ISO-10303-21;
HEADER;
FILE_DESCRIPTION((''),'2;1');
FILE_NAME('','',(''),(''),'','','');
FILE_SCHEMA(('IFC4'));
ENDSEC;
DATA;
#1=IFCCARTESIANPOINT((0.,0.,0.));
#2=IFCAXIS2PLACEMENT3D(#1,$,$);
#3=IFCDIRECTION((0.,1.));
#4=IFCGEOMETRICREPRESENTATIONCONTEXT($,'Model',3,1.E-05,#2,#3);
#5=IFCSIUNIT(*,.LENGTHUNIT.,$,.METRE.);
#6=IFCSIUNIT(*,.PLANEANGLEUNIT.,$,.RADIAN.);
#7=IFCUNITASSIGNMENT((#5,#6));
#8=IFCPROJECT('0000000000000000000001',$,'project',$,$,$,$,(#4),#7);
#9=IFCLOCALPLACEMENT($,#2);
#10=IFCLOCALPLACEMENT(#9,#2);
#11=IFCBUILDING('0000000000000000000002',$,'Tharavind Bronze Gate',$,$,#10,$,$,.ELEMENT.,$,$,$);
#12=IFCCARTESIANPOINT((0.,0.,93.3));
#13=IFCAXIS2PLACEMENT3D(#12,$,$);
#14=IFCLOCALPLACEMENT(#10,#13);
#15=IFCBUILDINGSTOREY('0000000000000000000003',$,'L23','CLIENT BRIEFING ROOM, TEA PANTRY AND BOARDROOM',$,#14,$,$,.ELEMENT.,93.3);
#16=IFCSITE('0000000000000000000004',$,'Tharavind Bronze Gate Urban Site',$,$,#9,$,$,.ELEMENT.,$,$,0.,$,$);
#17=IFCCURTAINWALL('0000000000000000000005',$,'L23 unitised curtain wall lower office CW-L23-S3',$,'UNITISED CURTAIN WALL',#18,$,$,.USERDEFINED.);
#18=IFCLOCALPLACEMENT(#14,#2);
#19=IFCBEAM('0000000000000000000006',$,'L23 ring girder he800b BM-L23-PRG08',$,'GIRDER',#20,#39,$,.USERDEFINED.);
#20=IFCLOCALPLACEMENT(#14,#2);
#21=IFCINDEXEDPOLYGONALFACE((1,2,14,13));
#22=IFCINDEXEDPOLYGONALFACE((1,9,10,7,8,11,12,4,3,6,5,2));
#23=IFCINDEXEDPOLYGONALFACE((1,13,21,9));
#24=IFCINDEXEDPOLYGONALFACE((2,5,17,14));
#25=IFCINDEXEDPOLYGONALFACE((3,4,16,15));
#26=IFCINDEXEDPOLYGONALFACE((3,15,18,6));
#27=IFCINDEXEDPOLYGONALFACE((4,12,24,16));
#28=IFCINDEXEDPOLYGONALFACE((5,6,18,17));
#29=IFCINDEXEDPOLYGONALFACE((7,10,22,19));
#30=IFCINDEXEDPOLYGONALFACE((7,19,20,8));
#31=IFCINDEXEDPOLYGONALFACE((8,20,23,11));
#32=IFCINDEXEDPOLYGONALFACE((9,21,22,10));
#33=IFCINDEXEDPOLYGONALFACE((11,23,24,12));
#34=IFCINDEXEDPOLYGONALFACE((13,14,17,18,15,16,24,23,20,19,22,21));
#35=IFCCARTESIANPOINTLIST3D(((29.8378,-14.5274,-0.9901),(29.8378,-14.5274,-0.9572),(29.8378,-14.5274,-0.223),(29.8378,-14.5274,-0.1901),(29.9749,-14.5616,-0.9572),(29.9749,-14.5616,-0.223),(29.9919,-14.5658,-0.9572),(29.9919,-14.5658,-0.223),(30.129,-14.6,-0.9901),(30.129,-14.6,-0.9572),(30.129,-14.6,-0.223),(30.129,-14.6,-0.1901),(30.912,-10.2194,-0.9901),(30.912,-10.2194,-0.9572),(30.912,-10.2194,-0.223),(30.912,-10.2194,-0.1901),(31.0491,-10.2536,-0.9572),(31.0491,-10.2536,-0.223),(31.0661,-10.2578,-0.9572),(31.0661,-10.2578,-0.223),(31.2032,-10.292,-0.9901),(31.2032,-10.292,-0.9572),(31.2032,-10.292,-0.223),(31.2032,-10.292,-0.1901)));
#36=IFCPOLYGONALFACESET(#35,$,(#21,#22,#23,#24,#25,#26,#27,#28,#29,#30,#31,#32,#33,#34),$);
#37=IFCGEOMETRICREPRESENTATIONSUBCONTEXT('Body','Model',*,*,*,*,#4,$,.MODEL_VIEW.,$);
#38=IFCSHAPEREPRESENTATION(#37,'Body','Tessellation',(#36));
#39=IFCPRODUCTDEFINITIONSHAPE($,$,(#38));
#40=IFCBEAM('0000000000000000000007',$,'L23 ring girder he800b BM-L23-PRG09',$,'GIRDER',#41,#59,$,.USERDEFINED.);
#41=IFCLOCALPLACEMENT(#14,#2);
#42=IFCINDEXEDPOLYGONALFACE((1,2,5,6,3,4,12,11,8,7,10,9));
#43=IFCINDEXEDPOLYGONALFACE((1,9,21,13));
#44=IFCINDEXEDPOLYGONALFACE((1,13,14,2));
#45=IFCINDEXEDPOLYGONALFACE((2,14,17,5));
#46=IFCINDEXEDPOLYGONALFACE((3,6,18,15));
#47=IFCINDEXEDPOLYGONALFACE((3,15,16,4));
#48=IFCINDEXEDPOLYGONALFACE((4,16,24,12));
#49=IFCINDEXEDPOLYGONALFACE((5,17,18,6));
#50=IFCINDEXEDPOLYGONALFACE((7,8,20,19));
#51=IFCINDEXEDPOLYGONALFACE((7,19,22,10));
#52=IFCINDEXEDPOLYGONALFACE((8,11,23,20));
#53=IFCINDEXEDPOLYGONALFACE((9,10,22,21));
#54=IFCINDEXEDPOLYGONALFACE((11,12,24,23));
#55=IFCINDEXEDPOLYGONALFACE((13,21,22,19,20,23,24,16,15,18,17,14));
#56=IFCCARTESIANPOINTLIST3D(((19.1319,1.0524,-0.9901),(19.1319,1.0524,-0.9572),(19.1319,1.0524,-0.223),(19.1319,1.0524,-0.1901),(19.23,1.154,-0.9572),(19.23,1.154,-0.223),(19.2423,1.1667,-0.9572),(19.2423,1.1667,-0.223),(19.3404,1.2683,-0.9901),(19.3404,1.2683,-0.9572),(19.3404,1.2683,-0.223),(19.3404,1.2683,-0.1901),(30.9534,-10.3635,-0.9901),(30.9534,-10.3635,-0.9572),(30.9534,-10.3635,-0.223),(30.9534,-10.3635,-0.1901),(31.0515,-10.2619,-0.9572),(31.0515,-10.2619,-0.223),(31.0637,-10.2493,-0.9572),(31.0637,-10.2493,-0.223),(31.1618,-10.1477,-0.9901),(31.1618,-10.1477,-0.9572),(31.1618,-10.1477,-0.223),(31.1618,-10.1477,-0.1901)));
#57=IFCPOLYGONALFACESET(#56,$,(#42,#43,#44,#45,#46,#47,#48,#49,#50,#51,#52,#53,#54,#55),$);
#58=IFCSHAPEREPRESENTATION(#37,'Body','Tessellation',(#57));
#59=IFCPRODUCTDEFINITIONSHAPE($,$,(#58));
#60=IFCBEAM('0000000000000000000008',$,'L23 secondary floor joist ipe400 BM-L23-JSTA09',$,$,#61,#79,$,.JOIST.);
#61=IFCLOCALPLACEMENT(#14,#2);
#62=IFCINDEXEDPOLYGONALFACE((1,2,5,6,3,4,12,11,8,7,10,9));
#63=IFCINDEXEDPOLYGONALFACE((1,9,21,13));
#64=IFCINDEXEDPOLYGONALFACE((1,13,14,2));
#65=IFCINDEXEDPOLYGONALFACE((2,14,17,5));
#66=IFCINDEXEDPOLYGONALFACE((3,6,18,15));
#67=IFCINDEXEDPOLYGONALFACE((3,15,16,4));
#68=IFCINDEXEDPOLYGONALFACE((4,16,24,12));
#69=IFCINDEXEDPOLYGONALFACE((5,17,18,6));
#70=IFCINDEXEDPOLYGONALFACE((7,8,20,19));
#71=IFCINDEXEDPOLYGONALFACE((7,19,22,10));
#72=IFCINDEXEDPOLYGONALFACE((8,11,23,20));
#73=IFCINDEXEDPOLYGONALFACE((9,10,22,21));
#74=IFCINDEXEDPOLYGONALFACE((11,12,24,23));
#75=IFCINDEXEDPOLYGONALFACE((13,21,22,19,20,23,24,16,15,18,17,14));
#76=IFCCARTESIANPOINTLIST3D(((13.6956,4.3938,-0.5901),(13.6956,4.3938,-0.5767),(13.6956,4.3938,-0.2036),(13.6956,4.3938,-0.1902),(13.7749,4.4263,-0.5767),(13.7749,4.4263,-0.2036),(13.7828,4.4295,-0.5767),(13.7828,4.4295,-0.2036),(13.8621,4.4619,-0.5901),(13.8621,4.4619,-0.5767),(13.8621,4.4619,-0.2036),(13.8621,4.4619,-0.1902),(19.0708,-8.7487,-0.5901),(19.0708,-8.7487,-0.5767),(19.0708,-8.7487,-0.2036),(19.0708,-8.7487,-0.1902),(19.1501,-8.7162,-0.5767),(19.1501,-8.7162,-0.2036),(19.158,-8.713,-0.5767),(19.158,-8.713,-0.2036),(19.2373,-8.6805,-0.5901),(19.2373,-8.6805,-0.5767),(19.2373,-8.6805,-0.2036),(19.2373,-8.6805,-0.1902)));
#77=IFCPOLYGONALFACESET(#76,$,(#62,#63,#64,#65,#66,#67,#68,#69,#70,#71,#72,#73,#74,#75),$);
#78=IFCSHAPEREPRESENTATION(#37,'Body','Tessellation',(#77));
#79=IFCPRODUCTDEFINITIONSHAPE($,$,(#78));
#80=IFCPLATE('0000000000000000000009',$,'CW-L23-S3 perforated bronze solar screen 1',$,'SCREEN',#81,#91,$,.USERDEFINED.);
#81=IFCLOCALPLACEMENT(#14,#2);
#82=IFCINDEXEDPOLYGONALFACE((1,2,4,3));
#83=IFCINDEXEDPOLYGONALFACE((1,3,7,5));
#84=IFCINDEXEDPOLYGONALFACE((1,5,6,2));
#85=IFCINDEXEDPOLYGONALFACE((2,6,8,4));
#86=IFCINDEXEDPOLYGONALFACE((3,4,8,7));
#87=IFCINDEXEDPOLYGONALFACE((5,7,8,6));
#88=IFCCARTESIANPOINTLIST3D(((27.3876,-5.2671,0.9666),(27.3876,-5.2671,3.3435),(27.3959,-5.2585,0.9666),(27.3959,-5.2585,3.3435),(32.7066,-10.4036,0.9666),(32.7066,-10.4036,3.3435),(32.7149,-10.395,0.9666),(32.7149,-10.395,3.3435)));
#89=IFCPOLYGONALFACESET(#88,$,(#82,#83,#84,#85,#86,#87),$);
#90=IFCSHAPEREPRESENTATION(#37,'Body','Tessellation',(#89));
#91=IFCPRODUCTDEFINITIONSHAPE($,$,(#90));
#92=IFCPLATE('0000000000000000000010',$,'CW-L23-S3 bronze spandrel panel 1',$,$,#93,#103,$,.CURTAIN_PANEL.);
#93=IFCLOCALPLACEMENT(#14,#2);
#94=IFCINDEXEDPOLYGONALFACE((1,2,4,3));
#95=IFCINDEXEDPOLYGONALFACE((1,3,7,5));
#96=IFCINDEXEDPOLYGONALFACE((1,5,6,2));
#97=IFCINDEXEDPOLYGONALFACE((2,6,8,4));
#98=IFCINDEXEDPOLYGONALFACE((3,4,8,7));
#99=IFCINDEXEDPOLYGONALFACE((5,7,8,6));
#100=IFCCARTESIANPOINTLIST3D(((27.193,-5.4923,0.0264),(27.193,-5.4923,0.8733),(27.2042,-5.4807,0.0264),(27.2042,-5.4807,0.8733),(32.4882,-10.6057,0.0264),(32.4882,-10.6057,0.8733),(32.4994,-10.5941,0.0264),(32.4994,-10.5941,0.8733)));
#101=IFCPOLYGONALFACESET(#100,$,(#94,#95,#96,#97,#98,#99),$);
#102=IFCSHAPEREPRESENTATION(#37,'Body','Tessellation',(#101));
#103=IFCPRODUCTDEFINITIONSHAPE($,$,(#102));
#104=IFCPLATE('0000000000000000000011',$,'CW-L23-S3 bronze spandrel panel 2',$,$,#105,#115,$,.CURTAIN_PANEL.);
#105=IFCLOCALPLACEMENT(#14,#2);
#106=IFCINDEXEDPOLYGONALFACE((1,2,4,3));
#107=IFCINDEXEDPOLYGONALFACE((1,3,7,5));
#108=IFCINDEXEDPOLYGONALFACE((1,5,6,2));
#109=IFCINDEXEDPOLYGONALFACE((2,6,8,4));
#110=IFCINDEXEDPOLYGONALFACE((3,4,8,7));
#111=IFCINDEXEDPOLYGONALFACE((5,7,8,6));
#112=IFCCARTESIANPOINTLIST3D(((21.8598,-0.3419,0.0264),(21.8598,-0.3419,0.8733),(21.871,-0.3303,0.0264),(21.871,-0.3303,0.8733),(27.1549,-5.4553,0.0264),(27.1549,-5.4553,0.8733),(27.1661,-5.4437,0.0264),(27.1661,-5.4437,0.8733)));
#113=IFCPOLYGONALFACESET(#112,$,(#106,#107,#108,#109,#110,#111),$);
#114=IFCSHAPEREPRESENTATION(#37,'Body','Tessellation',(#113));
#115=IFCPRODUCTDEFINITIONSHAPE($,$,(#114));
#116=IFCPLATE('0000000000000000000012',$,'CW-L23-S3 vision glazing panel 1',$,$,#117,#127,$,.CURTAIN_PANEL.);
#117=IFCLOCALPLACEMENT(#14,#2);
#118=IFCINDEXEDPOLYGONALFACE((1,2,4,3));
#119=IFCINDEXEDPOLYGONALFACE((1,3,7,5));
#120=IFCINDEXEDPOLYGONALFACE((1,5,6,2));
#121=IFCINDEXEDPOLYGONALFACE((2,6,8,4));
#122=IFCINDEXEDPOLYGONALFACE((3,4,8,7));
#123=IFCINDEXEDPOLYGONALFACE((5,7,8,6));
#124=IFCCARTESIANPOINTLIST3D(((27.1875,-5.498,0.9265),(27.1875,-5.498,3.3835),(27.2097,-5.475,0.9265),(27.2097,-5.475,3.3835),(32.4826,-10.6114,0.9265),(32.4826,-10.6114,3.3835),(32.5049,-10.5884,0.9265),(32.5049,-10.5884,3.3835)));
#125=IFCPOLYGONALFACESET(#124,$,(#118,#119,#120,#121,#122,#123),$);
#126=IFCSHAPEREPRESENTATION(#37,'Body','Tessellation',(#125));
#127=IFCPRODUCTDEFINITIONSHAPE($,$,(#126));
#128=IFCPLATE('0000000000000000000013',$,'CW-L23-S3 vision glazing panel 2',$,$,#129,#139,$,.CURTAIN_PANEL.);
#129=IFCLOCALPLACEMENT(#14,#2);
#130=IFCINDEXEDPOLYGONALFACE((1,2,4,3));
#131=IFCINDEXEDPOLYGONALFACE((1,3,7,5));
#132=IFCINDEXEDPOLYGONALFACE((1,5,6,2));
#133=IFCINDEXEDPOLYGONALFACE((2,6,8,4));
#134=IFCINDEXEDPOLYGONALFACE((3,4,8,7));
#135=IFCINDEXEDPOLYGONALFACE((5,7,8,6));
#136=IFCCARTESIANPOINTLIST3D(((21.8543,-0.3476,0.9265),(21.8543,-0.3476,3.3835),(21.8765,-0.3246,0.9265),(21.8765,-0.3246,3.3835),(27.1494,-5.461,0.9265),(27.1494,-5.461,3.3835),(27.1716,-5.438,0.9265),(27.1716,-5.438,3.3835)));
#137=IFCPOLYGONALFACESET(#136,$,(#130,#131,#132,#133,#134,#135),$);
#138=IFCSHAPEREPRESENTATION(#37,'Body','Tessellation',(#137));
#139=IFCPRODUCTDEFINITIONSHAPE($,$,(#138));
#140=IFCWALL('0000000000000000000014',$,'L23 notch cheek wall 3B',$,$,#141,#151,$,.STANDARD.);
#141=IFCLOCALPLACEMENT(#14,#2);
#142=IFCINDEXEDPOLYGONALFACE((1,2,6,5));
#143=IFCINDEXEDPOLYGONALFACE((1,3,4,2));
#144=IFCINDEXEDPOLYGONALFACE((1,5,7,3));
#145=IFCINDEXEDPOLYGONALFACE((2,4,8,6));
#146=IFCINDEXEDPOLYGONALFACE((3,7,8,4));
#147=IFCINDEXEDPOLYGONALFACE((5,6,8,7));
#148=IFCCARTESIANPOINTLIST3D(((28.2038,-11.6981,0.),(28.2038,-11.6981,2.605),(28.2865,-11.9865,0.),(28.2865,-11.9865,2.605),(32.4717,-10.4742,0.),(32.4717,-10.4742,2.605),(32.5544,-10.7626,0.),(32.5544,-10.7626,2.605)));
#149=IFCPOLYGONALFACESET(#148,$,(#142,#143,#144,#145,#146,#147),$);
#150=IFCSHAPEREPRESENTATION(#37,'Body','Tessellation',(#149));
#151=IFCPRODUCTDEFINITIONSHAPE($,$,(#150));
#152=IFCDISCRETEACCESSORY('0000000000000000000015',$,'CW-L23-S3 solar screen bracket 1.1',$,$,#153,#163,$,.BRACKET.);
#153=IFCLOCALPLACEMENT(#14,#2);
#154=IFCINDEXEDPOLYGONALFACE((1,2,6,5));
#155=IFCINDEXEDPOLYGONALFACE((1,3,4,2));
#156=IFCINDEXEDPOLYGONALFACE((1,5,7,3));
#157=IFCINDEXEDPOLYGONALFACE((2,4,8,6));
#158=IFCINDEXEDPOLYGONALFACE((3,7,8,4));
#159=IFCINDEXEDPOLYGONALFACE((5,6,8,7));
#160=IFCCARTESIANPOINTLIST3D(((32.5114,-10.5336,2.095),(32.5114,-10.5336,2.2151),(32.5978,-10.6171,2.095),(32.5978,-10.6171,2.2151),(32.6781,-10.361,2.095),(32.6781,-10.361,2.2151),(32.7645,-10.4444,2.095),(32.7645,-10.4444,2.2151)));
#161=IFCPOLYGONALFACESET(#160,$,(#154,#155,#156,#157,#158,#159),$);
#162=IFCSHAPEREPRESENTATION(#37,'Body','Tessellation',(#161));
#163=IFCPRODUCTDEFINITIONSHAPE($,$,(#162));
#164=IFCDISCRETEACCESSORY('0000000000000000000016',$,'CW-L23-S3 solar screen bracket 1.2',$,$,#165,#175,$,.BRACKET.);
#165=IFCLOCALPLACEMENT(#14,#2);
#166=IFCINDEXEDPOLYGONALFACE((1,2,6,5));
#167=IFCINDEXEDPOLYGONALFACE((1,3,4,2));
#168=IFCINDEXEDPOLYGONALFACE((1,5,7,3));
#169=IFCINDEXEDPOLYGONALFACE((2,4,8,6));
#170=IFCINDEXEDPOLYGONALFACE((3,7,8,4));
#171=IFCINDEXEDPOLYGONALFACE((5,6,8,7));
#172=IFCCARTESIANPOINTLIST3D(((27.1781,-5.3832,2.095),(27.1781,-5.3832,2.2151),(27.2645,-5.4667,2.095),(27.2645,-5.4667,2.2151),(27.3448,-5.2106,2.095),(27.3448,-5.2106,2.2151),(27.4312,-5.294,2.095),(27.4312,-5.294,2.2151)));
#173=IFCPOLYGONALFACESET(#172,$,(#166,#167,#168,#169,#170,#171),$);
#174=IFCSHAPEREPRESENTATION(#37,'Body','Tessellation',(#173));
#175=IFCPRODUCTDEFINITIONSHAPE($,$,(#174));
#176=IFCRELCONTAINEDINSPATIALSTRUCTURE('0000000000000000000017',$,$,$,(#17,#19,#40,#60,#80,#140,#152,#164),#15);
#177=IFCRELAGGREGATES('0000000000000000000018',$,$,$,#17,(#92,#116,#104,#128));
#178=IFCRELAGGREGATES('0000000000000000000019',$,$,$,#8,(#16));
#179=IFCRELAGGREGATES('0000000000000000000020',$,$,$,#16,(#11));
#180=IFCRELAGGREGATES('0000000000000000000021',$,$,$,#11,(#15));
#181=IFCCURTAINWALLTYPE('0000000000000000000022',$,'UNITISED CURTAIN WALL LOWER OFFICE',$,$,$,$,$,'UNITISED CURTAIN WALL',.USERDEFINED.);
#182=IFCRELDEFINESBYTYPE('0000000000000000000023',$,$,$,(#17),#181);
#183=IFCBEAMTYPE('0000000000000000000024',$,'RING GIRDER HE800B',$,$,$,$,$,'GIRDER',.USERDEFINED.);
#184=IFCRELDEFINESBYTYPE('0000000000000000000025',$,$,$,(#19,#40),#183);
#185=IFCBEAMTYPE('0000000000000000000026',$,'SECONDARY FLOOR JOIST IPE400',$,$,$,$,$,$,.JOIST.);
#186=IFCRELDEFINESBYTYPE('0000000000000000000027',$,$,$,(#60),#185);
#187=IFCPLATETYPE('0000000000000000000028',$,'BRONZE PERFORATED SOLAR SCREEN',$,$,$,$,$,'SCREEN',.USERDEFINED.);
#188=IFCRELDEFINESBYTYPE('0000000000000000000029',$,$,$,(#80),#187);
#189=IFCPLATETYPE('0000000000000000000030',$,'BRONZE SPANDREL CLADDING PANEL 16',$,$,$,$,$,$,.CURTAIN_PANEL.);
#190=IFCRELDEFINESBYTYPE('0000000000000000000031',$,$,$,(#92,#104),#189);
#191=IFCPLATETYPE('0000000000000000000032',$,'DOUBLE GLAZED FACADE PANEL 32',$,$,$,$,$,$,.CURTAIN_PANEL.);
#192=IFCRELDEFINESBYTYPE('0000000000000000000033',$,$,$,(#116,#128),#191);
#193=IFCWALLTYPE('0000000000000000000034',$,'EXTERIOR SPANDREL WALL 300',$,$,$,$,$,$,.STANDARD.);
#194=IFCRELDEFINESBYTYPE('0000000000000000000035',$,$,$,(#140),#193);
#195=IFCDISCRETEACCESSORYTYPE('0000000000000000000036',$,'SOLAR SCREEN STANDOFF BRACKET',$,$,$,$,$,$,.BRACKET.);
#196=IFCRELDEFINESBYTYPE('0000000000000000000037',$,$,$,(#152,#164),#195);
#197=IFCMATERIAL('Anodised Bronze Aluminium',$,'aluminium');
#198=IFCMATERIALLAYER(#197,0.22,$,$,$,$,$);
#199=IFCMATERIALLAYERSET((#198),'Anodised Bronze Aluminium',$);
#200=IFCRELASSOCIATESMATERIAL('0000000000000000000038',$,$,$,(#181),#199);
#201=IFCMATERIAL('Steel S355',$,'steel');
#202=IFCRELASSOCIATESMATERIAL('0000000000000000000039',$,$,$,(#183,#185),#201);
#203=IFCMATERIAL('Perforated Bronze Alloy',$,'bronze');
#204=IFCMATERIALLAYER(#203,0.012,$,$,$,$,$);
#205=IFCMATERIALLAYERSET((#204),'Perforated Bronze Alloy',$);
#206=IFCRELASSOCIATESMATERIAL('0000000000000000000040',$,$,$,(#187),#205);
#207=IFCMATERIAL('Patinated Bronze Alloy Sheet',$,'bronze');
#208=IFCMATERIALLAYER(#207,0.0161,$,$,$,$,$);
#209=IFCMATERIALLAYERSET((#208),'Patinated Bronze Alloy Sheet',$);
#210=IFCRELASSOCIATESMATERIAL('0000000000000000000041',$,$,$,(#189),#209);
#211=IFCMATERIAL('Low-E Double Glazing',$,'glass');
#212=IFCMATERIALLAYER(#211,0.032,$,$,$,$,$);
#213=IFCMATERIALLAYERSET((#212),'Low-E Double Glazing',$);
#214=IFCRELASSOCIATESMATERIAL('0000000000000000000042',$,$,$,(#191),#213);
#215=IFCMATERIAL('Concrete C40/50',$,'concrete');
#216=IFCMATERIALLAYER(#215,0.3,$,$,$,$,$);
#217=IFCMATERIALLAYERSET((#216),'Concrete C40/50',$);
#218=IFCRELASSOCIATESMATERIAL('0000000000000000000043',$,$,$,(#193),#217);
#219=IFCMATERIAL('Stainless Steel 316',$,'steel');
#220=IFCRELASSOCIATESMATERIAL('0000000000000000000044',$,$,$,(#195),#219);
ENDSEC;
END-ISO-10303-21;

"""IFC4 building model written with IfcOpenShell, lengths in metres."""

from ifc_helpers import new_model, si_unit, direction, frame, frame_2d, origin, origin_2d, place, context, subcontext, project, spatial, rectangle, i_section, extrude, material, layer, layer_set, material_profile, profile_set, type_object, element, aggregate, save


model = new_model("IFC4")

# Units and contexts
model_context = context("Model", 3, precision=1e-05, world=origin(), true_north=direction((0.0, 1.0)))
body_context = subcontext(model_context, "Body", "Model", "MODEL_VIEW")
ifc_project = project(units=[si_unit("LENGTHUNIT", "METRE"), si_unit("PLANEANGLEUNIT", "RADIAN")], contexts=[model_context])

# Site, building, storey
site_placement = place(None, origin())
site = spatial("IfcSite", under=ifc_project, at=site_placement, Name="Tharavind Bronze Gate Urban Site", CompositionType="ELEMENT", RefElevation=0.0)
building_placement = place(site_placement, origin())
building = spatial("IfcBuilding", under=site, at=building_placement, Name="Tharavind Bronze Gate", CompositionType="ELEMENT")
storey_placement = place(building_placement, frame((0.0, 0.0, 93.3)))
storey = spatial("IfcBuildingStorey", under=building, at=storey_placement, Name="L23", Description="CLIENT BRIEFING ROOM, TEA PANTRY AND BOARDROOM", CompositionType="ELEMENT", Elevation=93.3)

# Curtain wall
ifc_material_1 = material(Name="Anodised Bronze Aluminium", Category="aluminium")
ifc_layer_1 = layer(ifc_material_1, 0.22)
ifc_layer_set_1 = layer_set([ifc_layer_1], Name="Anodised Bronze Aluminium")
curtain_wall_type = type_object("IfcCurtainWallType", Name="UNITISED CURTAIN WALL LOWER OFFICE", ElementType="UNITISED CURTAIN WALL", PredefinedType="USERDEFINED", material=ifc_layer_set_1)
curtain_wall_placement = place(storey_placement, origin())
curtain_wall = element("IfcCurtainWall", 1, at=curtain_wall_placement, inside=storey, type_object=curtain_wall_type, Name="L23 unitised curtain wall lower office CW-L23-S3", ObjectType="UNITISED CURTAIN WALL", PredefinedType="USERDEFINED")

# Beams
ifc_material_2 = material(Name="Steel S355", Category="steel")
ifc_material_profile_1 = material_profile(ifc_material_2, i_section(OverallWidth=0.3, OverallDepth=0.8, WebThickness=0.0176, FlangeThickness=0.033, at=origin_2d()), Name="HE800B")
ifc_profile_set_1 = profile_set([ifc_material_profile_1], Name="Steel S355")
beam_type_1 = type_object("IfcBeamType", Name="RING GIRDER HE800B", ElementType="GIRDER", PredefinedType="USERDEFINED", material=ifc_profile_set_1)
beam_1_placement = place(storey_placement, frame((29.9834, -14.5637, -0.5901), z_axis=(0.24194, 0.970291, 0.0), x_axis=(-0.970291, 0.24194, 0.0)))
element("IfcBeam", 2, at=beam_1_placement, inside=storey, type_object=beam_type_1, Name="L23 ring girder he800b BM-L23-PRG08", ObjectType="GIRDER", PredefinedType="USERDEFINED", context=body_context, shape_type="SweptSolid", body=[
    extrude(i_section(OverallWidth=0.3, OverallDepth=0.8, WebThickness=0.0176, FlangeThickness=0.033, at=origin_2d()), origin(), (0.0, 0.0, 1.0), 4.4399),
])
beam_2_placement = place(storey_placement, frame((31.0576, -10.2556, -0.5901), z_axis=(-0.719337, 0.694661, 0.0), x_axis=(-0.694661, -0.719337, 0.0)))
element("IfcBeam", 3, at=beam_2_placement, inside=storey, type_object=beam_type_1, Name="L23 ring girder he800b BM-L23-PRG09", ObjectType="GIRDER", PredefinedType="USERDEFINED", context=body_context, shape_type="SweptSolid", body=[
    extrude(i_section(OverallWidth=0.3, OverallDepth=0.8, WebThickness=0.0176, FlangeThickness=0.033, at=origin_2d()), origin(), (0.0, 0.0, 1.0), 16.4338),
])
ifc_material_profile_2 = material_profile(ifc_material_2, i_section(OverallWidth=0.1799, OverallDepth=0.3999, WebThickness=0.0085, FlangeThickness=0.0134, at=origin_2d()), Name="IPE400")
ifc_profile_set_2 = profile_set([ifc_material_profile_2], Name="Steel S355")
beam_type_2 = type_object("IfcBeamType", Name="SECONDARY FLOOR JOIST IPE400", PredefinedType="JOIST", material=ifc_profile_set_2)
beam_3_placement = place(storey_placement, frame((19.1541, -8.7146, -0.3901), z_axis=(-0.378557, 0.925578, 0.0), x_axis=(-0.925578, -0.378557, 0.0)))
element("IfcBeam", 4, at=beam_3_placement, inside=storey, type_object=beam_type_2, Name="L23 secondary floor joist ipe400 BM-L23-JSTA09", PredefinedType="JOIST", context=body_context, shape_type="SweptSolid", body=[
    extrude(i_section(OverallWidth=0.1799, OverallDepth=0.3999, WebThickness=0.0085, FlangeThickness=0.0134, at=origin_2d()), origin(), (0.0, 0.0, 1.0), 14.1992),
])

# Plates
ifc_material_3 = material(Name="Perforated Bronze Alloy", Category="bronze")
ifc_layer_2 = layer(ifc_material_3, 0.012)
ifc_layer_set_2 = layer_set([ifc_layer_2], Name="Perforated Bronze Alloy")
plate_type_1 = type_object("IfcPlateType", Name="BRONZE PERFORATED SOLAR SCREEN", ElementType="SCREEN", PredefinedType="USERDEFINED", material=ifc_layer_set_2)
plate_1_placement = place(storey_placement, frame((30.0513, -7.8311, 0.9666), z_axis=(0.0, 0.0, 1.0), x_axis=(-0.719341, 0.694657, 0.0)))
element("IfcPlate", 5, at=plate_1_placement, inside=storey, type_object=plate_type_1, Name="CW-L23-S3 perforated bronze solar screen 1", ObjectType="SCREEN", PredefinedType="USERDEFINED", context=body_context, shape_type="SweptSolid", body=[
    extrude(rectangle(XDim=7.3943, YDim=0.012, at=origin_2d()), origin(), (0.0, 0.0, 1.0), 2.377),
])
ifc_material_4 = material(Name="Patinated Bronze Alloy Sheet", Category="bronze")
ifc_layer_3 = layer(ifc_material_4, 0.0161)
ifc_layer_set_3 = layer_set([ifc_layer_3], Name="Patinated Bronze Alloy Sheet")
plate_type_2 = type_object("IfcPlateType", Name="BRONZE SPANDREL CLADDING PANEL 16", PredefinedType="CURTAIN_PANEL", material=ifc_layer_set_3)
plate_2_placement = place(storey_placement, frame((29.8462, -8.0432, 0.0264), z_axis=(0.0, 0.0, 1.0), x_axis=(-0.719341, 0.694657, 0.0)))
plate_2 = element("IfcPlate", 6, at=plate_2_placement, type_object=plate_type_2, Name="CW-L23-S3 bronze spandrel panel 1", PredefinedType="CURTAIN_PANEL", context=body_context, shape_type="SweptSolid", body=[
    extrude(rectangle(XDim=7.3611, YDim=0.0161, at=origin_2d()), origin(), (0.0, 0.0, 1.0), 0.8469),
])
plate_3_placement = place(storey_placement, frame((24.5129, -2.8928, 0.0264), z_axis=(0.0, 0.0, 1.0), x_axis=(-0.719341, 0.694657, 0.0)))
plate_3 = element("IfcPlate", 7, at=plate_3_placement, type_object=plate_type_2, Name="CW-L23-S3 bronze spandrel panel 2", PredefinedType="CURTAIN_PANEL", context=body_context, shape_type="SweptSolid", body=[
    extrude(rectangle(XDim=7.3611, YDim=0.0161, at=origin_2d()), origin(), (0.0, 0.0, 1.0), 0.8469),
])
ifc_material_5 = material(Name="Low-E Double Glazing", Category="glass")
ifc_layer_4 = layer(ifc_material_5, 0.032)
ifc_layer_set_4 = layer_set([ifc_layer_4], Name="Low-E Double Glazing")
plate_type_3 = type_object("IfcPlateType", Name="DOUBLE GLAZED FACADE PANEL 32", PredefinedType="CURTAIN_PANEL", material=ifc_layer_set_4)
plate_4_placement = place(storey_placement, frame((29.8462, -8.0432, 0.9265), z_axis=(0.0, 0.0, 1.0), x_axis=(-0.719341, 0.694657, 0.0)))
plate_4 = element("IfcPlate", 8, at=plate_4_placement, type_object=plate_type_3, Name="CW-L23-S3 vision glazing panel 1", PredefinedType="CURTAIN_PANEL", context=body_context, shape_type="SweptSolid", body=[
    extrude(rectangle(XDim=7.3611, YDim=0.032, at=origin_2d()), origin(), (0.0, 0.0, 1.0), 2.457),
])
plate_5_placement = place(storey_placement, frame((24.5129, -2.8928, 0.9265), z_axis=(0.0, 0.0, 1.0), x_axis=(-0.719341, 0.694657, 0.0)))
plate_5 = element("IfcPlate", 9, at=plate_5_placement, type_object=plate_type_3, Name="CW-L23-S3 vision glazing panel 2", PredefinedType="CURTAIN_PANEL", context=body_context, shape_type="SweptSolid", body=[
    extrude(rectangle(XDim=7.3611, YDim=0.032, at=origin_2d()), origin(), (0.0, 0.0, 1.0), 2.457),
])
aggregate(curtain_wall, [plate_2, plate_4, plate_3, plate_5])

# Wall
ifc_material_6 = material(Name="Concrete C40/50", Category="concrete")
ifc_layer_5 = layer(ifc_material_6, 0.3)
ifc_layer_set_5 = layer_set([ifc_layer_5], Name="Concrete C40/50")
wall_type = type_object("IfcWallType", Name="EXTERIOR SPANDREL WALL 300", PredefinedType="STANDARD", material=ifc_layer_set_5)
wall_placement = place(storey_placement, frame((28.2451, -11.8423, 0.0), z_axis=(0.0, 0.0, 1.0), x_axis=(0.961256, 0.275658, 0.0)))
element("IfcWall", 10, at=wall_placement, inside=storey, type_object=wall_type, Name="L23 notch cheek wall 3B", PredefinedType="STANDARD", context=body_context, shape_type="SweptSolid", body=[
    extrude(rectangle(XDim=4.4399, YDim=0.3, at=frame_2d((2.22, 0.0))), origin(), (0.0, 0.0, 1.0), 2.605),
])

# Discrete accessories
ifc_material_7 = material(Name="Stainless Steel 316", Category="steel")
discrete_accessory_type = type_object("IfcDiscreteAccessoryType", Name="SOLAR SCREEN STANDOFF BRACKET", PredefinedType="BRACKET", material=ifc_material_7)
for number, where, z_axis, x_axis, name in (
    (11, (32.6379, -10.489, 2.095), (0.0, 0.0, 1.0), (-0.719341, 0.694657, 0.0), "CW-L23-S3 solar screen bracket 1.1"),
    (12, (27.3047, -5.3386, 2.095), (0.0, 0.0, 1.0), (-0.719341, 0.694657, 0.0), "CW-L23-S3 solar screen bracket 1.2"),
):
    element("IfcDiscreteAccessory", number, at=place(storey_placement, frame(where, z_axis=z_axis, x_axis=x_axis)), inside=storey, type_object=discrete_accessory_type, Name=name, PredefinedType="BRACKET", context=body_context, shape_type="SweptSolid", body=[
        extrude(rectangle(XDim=0.1201, YDim=0.24, at=origin_2d()), origin(), (0.0, 0.0, 1.0), 0.1201),
    ])

save(model, "model.ifc")
